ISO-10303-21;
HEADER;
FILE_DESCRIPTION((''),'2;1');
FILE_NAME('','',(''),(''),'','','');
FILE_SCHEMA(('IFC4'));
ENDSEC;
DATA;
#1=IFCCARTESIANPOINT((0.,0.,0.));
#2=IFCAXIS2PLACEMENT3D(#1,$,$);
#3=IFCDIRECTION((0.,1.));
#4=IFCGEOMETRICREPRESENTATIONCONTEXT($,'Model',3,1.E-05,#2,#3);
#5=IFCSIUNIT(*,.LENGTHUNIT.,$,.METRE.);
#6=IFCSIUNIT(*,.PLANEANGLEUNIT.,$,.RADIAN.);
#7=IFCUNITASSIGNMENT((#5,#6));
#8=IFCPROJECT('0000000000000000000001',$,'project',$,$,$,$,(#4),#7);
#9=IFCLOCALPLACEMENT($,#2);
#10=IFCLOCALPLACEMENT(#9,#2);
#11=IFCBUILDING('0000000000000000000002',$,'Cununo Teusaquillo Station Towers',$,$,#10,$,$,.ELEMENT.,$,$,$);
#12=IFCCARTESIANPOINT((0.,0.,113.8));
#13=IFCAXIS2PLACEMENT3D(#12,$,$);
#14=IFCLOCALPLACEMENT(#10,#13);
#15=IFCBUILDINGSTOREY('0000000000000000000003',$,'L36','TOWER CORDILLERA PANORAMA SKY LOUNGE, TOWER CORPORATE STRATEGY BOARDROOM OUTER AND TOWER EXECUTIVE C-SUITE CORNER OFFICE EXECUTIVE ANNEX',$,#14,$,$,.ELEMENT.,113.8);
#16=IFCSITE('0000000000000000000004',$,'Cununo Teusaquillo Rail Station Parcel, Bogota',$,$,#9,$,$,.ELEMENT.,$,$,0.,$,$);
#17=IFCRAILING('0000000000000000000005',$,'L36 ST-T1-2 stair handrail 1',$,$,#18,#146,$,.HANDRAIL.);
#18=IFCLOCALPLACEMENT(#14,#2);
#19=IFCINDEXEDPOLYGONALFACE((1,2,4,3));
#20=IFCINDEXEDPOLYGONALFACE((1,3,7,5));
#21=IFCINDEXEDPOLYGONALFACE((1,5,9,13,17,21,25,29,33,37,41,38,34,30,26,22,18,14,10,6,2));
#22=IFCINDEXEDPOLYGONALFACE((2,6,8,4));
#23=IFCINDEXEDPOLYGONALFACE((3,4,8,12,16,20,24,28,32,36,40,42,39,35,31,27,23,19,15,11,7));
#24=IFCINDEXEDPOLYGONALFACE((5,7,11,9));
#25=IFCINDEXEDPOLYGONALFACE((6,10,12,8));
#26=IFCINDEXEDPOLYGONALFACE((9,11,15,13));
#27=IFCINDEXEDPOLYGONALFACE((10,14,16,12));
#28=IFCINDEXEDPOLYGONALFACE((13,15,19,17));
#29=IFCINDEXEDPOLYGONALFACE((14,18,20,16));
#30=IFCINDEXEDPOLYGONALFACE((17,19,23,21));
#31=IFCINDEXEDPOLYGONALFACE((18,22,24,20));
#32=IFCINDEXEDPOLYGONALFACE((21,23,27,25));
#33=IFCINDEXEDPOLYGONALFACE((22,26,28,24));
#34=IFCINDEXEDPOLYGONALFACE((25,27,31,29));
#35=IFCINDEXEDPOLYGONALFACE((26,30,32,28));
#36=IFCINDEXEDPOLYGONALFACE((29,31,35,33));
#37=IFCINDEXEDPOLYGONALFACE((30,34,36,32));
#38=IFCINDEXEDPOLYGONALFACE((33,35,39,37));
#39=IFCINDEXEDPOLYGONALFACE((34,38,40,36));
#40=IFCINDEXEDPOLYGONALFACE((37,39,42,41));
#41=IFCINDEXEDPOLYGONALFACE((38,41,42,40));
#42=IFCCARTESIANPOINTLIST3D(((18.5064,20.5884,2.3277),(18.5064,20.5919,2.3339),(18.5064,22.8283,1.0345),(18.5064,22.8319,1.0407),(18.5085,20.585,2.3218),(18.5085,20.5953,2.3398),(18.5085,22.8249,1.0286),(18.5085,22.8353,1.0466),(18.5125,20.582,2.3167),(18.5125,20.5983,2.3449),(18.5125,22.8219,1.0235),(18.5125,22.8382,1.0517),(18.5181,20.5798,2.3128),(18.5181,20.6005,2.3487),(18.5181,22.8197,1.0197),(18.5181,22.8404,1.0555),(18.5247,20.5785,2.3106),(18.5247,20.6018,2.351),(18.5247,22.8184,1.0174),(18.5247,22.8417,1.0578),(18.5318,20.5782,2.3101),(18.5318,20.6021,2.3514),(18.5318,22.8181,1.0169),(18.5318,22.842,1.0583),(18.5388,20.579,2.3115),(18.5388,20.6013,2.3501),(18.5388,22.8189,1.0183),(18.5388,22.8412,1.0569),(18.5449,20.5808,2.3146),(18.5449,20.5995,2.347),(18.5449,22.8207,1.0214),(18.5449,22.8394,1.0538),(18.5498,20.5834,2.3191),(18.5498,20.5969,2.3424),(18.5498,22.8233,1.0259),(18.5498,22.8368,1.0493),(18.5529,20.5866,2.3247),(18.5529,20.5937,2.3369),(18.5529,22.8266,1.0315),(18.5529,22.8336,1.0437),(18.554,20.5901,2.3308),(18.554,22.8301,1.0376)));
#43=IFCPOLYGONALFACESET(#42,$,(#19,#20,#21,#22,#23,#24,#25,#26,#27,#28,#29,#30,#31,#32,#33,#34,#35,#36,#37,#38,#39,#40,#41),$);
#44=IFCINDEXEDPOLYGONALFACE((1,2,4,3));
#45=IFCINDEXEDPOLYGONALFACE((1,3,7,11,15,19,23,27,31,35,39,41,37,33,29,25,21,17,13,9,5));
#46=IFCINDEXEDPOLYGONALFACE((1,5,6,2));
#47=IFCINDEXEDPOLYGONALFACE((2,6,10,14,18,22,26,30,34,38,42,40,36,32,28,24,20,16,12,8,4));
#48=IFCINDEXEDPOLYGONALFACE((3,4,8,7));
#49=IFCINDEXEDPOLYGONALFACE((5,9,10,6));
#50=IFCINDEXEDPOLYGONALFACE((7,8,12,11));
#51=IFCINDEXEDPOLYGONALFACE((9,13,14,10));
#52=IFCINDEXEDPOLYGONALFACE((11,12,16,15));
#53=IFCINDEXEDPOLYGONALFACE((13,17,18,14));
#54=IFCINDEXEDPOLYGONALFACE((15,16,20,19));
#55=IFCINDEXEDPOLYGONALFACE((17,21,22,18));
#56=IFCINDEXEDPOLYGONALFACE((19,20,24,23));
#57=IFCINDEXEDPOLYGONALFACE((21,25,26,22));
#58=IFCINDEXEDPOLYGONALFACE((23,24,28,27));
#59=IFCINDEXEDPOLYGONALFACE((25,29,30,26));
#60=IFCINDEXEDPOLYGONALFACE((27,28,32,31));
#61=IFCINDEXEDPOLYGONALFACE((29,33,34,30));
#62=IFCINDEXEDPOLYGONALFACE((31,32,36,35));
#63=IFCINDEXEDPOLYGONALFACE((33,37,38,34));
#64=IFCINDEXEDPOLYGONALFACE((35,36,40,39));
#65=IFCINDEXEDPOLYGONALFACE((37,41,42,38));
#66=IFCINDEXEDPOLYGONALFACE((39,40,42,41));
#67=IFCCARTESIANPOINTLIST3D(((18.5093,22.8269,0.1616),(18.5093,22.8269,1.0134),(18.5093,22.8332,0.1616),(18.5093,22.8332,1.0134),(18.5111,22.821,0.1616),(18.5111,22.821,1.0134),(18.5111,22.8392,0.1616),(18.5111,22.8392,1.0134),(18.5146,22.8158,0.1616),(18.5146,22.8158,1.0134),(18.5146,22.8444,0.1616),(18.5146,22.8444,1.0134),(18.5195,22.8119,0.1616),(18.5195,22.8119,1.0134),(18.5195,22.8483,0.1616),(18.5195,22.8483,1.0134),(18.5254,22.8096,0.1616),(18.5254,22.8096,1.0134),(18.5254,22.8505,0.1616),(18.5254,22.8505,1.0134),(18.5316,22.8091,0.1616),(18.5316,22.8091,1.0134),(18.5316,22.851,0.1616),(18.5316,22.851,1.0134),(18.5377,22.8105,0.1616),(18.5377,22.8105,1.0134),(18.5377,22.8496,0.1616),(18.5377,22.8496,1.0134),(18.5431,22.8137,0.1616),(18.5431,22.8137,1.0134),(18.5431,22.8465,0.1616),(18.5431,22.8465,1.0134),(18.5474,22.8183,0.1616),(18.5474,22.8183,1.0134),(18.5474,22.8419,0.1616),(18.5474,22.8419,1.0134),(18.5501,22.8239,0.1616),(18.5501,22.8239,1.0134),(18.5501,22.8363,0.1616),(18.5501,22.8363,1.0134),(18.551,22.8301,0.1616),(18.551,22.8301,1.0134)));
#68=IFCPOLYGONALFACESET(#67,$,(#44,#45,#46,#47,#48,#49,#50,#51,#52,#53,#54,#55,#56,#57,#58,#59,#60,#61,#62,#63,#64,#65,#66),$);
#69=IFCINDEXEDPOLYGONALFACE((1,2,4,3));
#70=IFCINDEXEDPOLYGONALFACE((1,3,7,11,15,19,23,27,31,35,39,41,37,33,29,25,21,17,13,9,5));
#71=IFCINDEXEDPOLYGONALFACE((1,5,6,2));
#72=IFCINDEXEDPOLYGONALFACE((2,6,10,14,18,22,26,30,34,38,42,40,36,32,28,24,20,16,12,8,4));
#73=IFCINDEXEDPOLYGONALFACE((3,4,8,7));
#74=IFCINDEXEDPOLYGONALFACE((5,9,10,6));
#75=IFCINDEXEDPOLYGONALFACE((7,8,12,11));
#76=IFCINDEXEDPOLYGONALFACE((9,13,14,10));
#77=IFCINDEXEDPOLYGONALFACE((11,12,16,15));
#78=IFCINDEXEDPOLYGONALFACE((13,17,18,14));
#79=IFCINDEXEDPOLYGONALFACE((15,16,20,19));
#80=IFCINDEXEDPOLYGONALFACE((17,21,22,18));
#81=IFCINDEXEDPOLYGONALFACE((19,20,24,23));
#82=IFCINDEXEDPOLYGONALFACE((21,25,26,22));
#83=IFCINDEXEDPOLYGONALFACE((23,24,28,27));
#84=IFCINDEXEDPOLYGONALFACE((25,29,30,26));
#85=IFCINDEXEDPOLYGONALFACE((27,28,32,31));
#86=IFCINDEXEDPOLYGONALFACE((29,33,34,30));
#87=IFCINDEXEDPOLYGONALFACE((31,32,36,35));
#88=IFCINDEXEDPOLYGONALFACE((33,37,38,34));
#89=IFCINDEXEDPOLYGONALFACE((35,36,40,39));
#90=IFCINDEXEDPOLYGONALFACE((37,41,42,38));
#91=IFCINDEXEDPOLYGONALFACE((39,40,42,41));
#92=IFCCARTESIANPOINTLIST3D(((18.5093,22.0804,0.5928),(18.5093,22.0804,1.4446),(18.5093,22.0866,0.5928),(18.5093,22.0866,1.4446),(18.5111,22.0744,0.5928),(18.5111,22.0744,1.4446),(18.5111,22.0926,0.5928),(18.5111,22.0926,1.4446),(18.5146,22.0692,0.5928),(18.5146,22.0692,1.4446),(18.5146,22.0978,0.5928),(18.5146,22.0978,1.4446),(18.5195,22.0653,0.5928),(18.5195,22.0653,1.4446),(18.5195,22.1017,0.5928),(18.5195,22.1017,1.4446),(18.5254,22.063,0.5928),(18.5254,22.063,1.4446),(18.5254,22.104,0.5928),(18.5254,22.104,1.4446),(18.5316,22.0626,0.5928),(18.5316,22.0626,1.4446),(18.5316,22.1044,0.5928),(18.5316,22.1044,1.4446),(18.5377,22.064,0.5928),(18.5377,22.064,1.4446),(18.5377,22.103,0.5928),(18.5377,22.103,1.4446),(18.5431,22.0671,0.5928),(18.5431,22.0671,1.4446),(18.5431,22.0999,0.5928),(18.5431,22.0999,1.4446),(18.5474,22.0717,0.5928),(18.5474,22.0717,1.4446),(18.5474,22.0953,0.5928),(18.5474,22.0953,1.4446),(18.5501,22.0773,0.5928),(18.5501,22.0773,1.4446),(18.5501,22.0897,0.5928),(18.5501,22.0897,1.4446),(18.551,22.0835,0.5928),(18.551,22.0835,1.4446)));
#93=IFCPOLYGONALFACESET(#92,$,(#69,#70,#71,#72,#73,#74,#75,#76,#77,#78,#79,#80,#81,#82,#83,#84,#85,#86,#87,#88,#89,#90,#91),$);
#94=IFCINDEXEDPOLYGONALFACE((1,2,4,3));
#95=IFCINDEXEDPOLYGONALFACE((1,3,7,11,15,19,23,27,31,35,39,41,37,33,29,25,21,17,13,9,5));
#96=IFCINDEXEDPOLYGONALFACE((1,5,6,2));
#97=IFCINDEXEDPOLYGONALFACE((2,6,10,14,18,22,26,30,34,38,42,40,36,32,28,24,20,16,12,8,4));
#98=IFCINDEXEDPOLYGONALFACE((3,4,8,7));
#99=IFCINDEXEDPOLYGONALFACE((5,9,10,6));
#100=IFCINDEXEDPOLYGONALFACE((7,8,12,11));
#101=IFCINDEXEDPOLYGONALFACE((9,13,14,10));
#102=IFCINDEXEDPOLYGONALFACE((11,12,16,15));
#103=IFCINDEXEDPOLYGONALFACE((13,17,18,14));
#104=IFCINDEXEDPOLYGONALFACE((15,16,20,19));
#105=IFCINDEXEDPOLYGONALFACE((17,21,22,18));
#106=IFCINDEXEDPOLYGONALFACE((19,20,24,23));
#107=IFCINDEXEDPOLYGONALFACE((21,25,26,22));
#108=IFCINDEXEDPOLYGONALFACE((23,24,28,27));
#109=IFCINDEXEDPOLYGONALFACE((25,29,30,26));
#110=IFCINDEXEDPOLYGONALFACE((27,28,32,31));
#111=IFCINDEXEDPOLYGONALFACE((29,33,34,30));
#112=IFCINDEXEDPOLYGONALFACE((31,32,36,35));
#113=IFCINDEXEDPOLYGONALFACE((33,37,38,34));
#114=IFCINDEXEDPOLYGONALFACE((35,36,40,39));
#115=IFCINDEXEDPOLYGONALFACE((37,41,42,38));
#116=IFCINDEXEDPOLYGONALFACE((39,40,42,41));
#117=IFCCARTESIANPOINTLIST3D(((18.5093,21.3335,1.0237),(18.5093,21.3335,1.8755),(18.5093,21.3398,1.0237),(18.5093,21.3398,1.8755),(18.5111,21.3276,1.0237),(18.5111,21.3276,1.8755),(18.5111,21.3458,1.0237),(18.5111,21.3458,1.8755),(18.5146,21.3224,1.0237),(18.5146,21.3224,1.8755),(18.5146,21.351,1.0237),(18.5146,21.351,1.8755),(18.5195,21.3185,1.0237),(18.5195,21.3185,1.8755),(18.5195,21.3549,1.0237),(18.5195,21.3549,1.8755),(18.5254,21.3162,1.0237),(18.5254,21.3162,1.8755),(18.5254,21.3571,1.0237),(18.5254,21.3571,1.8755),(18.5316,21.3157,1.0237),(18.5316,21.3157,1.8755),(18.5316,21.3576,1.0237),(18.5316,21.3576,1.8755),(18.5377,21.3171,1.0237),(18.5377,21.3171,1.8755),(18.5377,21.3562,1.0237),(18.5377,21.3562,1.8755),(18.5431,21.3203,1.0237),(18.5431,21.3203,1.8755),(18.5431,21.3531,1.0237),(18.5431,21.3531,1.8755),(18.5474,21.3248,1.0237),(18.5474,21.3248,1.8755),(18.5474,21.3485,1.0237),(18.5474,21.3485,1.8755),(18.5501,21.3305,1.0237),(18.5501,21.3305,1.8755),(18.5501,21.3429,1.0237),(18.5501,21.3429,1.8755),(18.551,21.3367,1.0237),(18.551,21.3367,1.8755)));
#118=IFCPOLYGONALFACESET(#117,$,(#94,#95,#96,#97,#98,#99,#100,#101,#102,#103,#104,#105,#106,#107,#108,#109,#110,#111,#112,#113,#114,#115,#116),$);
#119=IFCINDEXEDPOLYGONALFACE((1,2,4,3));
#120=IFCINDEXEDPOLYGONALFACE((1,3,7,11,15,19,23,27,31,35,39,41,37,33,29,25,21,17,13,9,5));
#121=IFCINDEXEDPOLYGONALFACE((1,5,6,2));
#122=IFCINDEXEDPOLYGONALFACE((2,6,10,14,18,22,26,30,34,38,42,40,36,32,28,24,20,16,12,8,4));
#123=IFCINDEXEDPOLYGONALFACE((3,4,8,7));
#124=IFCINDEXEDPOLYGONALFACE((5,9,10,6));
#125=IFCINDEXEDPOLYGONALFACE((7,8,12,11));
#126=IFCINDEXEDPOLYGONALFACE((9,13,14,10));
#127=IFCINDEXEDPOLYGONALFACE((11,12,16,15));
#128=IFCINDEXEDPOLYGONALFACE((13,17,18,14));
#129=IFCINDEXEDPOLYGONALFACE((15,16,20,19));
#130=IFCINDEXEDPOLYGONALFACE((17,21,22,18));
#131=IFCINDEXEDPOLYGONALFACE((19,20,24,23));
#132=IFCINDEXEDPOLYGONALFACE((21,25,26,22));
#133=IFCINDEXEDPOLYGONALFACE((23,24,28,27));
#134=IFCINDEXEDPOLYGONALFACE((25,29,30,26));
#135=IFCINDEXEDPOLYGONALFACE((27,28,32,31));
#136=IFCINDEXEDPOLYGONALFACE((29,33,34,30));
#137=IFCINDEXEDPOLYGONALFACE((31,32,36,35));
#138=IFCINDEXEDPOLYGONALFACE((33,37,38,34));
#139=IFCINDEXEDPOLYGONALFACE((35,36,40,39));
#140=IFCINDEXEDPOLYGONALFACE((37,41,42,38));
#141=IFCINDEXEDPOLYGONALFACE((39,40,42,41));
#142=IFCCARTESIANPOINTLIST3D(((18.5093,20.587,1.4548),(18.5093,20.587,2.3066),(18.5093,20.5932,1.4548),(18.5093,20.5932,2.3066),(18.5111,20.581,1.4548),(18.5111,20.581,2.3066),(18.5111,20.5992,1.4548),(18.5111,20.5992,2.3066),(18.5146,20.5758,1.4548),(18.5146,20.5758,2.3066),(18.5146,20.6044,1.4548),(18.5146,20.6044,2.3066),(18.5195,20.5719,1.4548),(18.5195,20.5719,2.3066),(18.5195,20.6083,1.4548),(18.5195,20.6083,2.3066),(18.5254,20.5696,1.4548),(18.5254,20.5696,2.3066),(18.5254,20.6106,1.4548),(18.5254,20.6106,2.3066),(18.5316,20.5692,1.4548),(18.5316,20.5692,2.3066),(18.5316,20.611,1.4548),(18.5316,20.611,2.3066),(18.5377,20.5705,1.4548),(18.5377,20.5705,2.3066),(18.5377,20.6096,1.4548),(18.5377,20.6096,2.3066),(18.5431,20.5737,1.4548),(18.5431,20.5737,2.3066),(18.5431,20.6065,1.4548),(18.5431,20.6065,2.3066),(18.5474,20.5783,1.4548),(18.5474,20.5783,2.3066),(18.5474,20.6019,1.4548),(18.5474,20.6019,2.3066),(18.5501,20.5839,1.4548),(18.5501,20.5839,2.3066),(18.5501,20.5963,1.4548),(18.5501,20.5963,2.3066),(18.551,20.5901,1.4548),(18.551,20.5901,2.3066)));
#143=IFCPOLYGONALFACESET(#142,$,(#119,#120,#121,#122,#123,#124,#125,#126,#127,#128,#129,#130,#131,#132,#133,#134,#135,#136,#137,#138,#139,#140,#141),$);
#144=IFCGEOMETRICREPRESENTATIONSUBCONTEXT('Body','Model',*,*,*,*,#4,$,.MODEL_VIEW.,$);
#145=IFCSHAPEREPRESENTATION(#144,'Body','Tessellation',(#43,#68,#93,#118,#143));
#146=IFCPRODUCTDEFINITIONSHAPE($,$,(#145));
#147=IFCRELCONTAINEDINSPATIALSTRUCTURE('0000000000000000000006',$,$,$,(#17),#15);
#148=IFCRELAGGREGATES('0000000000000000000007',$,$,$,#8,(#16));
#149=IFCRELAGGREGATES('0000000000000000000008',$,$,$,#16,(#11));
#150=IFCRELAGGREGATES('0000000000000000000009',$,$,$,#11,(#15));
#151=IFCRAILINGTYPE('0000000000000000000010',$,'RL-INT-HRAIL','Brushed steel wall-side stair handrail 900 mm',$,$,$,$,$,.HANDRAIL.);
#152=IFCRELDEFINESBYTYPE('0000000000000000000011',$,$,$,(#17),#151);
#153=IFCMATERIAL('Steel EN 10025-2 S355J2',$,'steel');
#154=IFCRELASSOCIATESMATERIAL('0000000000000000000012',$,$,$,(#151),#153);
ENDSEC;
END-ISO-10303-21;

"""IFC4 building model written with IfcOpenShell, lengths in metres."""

from ifc_helpers import new_model, si_unit, direction, frame, origin, origin_2d, place, context, subcontext, project, spatial, circle, extrude, material, type_object, element, save


model = new_model("IFC4")

# Units and contexts
model_context = context("Model", 3, precision=1e-05, world=origin(), true_north=direction((0.0, 1.0)))
body_context = subcontext(model_context, "Body", "Model", "MODEL_VIEW")
ifc_project = project(units=[si_unit("LENGTHUNIT", "METRE"), si_unit("PLANEANGLEUNIT", "RADIAN")], contexts=[model_context])

# Site, building, storey
site_placement = place(None, origin())
site = spatial("IfcSite", under=ifc_project, at=site_placement, Name="Cununo Teusaquillo Rail Station Parcel, Bogota", CompositionType="ELEMENT", RefElevation=0.0)
building_placement = place(site_placement, origin())
building = spatial("IfcBuilding", under=site, at=building_placement, Name="Cununo Teusaquillo Station Towers", CompositionType="ELEMENT")
storey_placement = place(building_placement, frame((0.0, 0.0, 113.8)))
storey = spatial("IfcBuildingStorey", under=building, at=storey_placement, Name="L36", Description="TOWER CORDILLERA PANORAMA SKY LOUNGE, TOWER CORPORATE STRATEGY BOARDROOM OUTER AND TOWER EXECUTIVE C-SUITE CORNER OFFICE EXECUTIVE ANNEX", CompositionType="ELEMENT", Elevation=113.8)

# Railing
ifc_material_1 = material(Name="Steel EN 10025-2 S355J2", Category="steel")
railing_type_1 = type_object("IfcRailingType", Name="RL-INT-HRAIL", Description="Brushed steel wall-side stair handrail 900 mm", PredefinedType="HANDRAIL", material=ifc_material_1)
railing_1_placement = place(storey_placement, frame((18.53, 22.8301, 0.1616)))
element("IfcRailing", 1, at=railing_1_placement, inside=storey, type_object=railing_type_1, Name="L36 ST-T1-2 stair handrail 1", PredefinedType="HANDRAIL", context=body_context, shape_type="SweptSolid", body=[
    extrude(circle(Radius=0.0239, at=origin_2d()), frame((0.0, 0.0, 0.876), z_axis=(0.0, -0.866033, 0.499987), x_axis=(1.0, 0.0, 0.0)), (0.0, 0.0, 1.0), 2.5864),
    extrude(circle(Radius=0.021, at=origin_2d()), origin(), (0.0, 0.0, 1.0), 0.8518),
    extrude(circle(Radius=0.021, at=origin_2d()), frame((0.0, -0.7466, 0.4312)), (0.0, 0.0, 1.0), 0.8518),
    extrude(circle(Radius=0.021, at=origin_2d()), frame((0.0, -1.4934, 0.8621)), (0.0, 0.0, 1.0), 0.8518),
    extrude(circle(Radius=0.021, at=origin_2d()), frame((0.0, -2.24, 1.2932)), (0.0, 0.0, 1.0), 0.8518),
])

save(model, "model.ifc")
